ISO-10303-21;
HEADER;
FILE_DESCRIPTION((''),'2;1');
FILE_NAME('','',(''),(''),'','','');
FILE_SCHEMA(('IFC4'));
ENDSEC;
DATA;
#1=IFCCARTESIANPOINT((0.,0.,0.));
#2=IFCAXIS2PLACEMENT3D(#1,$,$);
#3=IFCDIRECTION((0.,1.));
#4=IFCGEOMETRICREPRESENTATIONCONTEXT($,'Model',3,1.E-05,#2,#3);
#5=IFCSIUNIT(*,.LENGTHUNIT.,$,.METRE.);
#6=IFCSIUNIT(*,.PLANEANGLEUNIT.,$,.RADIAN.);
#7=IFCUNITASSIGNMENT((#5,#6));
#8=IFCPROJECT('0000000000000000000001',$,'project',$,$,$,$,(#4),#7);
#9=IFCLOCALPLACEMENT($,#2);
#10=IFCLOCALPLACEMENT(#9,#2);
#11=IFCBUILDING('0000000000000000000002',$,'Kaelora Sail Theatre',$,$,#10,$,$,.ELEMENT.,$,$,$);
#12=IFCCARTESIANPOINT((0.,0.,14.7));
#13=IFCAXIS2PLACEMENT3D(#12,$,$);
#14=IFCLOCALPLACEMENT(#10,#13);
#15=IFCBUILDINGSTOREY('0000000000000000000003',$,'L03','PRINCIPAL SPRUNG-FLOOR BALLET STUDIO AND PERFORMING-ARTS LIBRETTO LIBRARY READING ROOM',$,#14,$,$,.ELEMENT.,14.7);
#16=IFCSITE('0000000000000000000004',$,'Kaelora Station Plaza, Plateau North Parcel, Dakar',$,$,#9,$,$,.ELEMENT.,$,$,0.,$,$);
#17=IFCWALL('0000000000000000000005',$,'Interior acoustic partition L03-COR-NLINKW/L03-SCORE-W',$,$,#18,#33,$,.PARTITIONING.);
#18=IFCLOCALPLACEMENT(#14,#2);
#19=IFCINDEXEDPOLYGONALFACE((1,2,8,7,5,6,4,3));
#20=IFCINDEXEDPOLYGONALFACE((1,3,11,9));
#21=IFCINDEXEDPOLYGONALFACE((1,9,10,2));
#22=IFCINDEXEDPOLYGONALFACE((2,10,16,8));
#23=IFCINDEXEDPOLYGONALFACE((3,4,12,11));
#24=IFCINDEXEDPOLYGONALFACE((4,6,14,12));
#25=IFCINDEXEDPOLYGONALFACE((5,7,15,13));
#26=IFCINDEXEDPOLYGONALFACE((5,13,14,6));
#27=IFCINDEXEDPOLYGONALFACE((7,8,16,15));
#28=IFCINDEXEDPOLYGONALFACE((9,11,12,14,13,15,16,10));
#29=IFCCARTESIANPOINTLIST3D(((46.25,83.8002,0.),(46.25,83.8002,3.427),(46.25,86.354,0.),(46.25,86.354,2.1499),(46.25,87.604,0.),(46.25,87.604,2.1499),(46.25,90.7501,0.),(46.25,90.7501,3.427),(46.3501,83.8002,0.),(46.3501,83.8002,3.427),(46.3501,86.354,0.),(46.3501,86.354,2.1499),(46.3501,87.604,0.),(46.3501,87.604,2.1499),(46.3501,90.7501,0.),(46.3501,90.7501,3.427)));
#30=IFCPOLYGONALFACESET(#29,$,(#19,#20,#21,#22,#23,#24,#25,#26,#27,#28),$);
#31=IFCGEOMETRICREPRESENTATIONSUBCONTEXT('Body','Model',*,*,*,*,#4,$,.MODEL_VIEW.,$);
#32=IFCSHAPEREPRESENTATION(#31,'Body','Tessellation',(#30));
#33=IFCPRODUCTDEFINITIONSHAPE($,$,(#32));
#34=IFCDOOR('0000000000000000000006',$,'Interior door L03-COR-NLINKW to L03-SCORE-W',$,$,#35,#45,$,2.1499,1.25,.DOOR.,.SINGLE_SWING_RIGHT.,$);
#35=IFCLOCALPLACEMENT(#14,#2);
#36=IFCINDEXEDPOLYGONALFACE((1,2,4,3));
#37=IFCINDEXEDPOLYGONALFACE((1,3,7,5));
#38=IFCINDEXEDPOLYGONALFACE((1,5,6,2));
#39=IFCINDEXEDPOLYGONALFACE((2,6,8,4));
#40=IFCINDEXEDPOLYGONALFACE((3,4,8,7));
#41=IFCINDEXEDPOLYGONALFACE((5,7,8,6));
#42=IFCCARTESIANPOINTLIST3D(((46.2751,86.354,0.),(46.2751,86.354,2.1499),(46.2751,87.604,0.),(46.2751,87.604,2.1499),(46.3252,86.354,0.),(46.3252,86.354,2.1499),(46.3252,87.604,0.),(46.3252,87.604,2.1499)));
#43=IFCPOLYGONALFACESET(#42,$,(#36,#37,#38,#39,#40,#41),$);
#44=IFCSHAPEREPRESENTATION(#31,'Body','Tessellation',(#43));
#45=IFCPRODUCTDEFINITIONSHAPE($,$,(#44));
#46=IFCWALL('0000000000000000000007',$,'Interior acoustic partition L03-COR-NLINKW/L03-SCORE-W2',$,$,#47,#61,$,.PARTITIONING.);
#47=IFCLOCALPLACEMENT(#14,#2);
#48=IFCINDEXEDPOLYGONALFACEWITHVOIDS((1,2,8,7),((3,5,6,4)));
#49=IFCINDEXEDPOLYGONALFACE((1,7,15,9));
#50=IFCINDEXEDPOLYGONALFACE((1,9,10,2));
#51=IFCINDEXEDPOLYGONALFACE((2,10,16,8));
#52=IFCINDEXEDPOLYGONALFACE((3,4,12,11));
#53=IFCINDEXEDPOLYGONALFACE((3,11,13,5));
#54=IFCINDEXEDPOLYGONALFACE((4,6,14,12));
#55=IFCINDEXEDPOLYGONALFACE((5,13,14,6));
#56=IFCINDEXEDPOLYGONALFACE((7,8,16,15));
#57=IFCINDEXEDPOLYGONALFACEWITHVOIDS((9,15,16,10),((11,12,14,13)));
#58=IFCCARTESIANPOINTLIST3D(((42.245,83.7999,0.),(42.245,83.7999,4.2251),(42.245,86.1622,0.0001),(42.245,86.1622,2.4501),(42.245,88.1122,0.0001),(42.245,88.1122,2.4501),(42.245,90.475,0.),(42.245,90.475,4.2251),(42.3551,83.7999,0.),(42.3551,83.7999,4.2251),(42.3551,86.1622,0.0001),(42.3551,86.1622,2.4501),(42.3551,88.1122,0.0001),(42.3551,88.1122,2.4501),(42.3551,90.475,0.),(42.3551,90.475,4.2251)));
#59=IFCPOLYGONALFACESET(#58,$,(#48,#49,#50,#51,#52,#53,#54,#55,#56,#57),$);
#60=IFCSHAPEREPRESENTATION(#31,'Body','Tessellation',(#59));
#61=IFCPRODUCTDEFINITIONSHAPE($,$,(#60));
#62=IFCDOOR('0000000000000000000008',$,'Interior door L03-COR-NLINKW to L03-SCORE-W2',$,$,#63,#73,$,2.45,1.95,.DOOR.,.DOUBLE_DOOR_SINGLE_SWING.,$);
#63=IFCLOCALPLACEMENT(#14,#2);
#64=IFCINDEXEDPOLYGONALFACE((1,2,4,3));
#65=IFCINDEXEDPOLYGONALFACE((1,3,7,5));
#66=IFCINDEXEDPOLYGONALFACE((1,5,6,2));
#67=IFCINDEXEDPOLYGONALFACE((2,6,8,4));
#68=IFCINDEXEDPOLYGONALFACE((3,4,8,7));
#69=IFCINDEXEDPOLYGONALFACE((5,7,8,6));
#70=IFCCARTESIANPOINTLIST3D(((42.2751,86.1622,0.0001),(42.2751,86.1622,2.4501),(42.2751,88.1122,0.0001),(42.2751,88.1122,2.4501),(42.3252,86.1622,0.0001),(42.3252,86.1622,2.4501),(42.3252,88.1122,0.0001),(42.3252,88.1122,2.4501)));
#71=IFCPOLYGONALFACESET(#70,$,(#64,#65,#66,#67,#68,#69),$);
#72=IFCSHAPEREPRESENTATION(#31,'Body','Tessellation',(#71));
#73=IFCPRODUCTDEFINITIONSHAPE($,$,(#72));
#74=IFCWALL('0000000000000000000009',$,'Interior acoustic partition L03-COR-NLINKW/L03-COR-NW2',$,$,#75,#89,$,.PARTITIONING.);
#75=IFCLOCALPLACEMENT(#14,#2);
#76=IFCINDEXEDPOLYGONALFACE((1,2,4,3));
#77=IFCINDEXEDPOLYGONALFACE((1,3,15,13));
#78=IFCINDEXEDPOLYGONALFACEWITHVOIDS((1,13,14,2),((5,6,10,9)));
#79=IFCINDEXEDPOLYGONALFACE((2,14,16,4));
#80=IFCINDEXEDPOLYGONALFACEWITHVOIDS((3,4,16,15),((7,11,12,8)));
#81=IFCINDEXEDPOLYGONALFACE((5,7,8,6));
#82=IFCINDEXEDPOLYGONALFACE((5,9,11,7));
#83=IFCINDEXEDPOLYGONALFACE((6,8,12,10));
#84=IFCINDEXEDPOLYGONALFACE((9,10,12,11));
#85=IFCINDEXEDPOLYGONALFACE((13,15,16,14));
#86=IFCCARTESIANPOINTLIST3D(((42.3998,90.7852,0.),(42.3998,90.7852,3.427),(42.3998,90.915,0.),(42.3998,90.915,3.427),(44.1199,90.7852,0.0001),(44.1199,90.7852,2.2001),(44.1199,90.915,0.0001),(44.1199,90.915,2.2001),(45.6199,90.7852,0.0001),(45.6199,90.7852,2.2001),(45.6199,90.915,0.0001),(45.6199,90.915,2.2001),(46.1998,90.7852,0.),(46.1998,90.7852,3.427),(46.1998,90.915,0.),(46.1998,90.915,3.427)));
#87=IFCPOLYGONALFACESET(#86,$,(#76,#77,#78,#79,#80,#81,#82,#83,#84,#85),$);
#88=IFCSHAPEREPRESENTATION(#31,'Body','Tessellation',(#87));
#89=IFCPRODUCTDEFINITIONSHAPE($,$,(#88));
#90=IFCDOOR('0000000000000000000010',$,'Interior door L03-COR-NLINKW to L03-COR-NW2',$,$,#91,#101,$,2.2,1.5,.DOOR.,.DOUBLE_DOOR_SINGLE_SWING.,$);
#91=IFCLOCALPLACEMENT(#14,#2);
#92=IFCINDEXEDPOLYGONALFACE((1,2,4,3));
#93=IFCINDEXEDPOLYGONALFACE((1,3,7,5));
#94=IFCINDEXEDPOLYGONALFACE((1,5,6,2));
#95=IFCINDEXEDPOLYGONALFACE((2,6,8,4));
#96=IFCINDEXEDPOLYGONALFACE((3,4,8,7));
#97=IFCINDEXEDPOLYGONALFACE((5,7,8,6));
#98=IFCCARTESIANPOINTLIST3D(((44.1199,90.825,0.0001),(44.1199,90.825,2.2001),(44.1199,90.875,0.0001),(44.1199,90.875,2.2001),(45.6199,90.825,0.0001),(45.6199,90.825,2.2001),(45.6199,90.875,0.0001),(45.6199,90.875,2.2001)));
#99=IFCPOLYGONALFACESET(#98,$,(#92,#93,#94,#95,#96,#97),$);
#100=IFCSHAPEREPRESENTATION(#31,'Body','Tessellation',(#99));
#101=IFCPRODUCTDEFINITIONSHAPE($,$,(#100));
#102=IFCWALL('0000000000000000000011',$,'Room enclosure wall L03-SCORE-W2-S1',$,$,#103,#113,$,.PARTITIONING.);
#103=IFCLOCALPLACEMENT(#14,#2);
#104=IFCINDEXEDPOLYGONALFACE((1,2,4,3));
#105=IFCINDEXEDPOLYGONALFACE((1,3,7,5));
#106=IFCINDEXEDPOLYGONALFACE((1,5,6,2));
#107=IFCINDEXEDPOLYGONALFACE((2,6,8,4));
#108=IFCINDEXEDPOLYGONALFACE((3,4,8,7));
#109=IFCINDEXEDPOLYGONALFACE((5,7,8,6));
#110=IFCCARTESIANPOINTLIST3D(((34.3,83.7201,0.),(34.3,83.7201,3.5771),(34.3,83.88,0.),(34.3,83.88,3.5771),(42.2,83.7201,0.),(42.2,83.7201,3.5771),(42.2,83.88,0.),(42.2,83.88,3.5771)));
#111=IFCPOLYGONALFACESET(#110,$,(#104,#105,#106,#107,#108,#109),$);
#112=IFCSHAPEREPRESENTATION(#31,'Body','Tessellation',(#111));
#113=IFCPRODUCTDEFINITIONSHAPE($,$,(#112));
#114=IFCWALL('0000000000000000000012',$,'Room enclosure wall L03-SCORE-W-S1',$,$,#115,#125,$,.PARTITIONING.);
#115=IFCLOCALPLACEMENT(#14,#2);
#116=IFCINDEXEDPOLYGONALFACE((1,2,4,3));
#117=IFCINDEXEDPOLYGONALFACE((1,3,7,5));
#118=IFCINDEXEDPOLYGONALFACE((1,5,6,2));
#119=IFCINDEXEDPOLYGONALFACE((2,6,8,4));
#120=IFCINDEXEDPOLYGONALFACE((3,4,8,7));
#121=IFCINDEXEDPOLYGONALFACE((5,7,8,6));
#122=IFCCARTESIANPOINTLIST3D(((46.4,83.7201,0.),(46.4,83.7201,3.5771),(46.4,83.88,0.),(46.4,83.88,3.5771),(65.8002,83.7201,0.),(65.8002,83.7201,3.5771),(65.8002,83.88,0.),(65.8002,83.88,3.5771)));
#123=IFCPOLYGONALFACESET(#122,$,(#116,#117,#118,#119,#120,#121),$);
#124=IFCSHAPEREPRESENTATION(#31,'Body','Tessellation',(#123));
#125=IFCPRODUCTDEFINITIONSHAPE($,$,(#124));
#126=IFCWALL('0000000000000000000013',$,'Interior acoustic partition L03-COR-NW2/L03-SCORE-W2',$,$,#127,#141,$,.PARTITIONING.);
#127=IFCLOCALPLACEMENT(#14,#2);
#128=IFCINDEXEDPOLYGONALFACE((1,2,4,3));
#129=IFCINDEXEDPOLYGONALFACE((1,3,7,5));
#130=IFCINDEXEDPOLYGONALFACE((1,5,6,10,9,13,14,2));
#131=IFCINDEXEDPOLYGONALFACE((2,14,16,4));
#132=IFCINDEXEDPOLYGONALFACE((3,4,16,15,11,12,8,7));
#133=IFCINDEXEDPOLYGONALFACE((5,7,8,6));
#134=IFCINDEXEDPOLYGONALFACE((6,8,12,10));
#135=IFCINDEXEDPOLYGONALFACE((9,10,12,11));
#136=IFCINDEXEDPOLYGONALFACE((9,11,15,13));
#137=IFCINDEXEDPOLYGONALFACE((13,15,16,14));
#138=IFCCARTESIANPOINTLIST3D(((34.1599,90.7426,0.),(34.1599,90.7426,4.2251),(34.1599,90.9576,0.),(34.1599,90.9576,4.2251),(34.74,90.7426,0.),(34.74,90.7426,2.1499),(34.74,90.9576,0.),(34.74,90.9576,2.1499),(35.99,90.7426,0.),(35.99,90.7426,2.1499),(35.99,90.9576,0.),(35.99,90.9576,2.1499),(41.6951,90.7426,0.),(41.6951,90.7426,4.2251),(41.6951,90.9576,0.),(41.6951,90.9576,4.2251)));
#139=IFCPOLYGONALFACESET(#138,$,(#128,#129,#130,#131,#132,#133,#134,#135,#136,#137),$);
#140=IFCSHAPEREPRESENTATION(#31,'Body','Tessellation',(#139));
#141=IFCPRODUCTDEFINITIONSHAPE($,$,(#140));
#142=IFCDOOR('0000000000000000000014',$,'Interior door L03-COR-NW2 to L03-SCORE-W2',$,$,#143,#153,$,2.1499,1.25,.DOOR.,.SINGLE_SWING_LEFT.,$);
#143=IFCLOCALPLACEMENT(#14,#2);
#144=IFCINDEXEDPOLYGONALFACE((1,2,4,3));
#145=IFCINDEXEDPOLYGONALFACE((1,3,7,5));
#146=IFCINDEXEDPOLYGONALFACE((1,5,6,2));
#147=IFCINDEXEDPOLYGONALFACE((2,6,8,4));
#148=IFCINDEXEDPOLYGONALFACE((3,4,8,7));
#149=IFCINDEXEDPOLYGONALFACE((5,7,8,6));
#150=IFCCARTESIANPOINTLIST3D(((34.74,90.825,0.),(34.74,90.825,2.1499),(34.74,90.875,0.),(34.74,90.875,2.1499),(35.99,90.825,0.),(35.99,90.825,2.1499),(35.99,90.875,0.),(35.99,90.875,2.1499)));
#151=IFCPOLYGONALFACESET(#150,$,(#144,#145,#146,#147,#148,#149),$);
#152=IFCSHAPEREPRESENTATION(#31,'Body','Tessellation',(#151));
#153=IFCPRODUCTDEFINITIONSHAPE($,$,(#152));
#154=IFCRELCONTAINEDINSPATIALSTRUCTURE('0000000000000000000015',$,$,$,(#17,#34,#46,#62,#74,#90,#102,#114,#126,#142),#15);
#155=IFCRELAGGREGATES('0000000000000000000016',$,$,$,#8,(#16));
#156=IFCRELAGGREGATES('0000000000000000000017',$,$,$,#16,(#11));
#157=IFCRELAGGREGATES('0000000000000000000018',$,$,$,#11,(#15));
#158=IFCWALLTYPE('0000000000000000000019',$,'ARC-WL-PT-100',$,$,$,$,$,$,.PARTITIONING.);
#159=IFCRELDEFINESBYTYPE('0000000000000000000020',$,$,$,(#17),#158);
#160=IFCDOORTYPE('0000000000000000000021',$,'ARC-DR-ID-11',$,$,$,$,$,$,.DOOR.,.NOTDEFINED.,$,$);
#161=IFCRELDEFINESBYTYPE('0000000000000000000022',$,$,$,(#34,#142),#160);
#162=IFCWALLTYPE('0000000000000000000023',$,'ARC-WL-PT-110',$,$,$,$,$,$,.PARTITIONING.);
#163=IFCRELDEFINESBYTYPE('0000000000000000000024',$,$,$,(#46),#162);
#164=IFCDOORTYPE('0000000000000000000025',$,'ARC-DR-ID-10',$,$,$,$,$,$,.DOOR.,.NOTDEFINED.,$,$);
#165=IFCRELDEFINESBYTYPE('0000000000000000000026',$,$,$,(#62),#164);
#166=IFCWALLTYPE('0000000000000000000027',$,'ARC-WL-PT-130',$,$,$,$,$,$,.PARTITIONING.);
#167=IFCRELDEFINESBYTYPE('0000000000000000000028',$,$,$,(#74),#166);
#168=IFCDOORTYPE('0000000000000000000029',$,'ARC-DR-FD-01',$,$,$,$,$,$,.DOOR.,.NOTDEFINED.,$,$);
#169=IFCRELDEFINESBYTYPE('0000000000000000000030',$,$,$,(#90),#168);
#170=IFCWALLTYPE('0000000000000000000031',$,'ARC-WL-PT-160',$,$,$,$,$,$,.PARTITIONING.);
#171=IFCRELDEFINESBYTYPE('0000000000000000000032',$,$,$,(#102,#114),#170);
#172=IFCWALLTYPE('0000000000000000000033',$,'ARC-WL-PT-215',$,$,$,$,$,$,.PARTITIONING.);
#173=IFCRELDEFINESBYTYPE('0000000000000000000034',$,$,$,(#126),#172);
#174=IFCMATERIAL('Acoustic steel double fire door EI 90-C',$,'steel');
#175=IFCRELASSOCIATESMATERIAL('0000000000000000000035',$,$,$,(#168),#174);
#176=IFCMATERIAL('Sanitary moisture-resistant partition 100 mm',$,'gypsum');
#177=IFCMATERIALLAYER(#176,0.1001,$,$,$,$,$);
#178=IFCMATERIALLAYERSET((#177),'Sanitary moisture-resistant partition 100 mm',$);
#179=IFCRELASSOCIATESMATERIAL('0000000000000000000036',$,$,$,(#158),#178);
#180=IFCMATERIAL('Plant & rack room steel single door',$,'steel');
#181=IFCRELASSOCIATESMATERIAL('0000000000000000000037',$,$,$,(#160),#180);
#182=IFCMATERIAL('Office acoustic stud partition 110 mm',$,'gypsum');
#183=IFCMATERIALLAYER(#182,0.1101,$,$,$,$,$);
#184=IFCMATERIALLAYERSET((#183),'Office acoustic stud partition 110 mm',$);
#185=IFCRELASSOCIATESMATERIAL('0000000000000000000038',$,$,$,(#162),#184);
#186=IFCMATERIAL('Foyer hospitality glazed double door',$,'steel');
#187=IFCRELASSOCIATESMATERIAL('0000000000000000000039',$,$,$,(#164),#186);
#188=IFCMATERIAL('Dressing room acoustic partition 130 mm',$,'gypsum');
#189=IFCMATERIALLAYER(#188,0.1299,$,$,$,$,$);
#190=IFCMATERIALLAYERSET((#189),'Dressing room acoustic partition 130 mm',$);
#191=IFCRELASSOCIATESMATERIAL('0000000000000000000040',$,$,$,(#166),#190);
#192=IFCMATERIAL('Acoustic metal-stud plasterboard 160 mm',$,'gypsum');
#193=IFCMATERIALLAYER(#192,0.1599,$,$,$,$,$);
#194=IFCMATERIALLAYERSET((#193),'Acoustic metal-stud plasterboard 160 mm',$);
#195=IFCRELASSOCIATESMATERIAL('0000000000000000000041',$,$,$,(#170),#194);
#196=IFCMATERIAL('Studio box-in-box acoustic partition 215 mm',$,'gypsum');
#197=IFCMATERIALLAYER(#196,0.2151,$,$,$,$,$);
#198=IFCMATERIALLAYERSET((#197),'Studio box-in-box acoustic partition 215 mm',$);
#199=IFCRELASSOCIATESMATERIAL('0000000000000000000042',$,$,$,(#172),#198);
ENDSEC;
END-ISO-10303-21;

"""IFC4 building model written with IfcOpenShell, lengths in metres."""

from ifc_helpers import new_model, si_unit, direction, frame, frame_2d, origin, place, context, subcontext, project, spatial, rectangle, extrude, material, layer, layer_set, type_object, element, fill, save


model = new_model("IFC4")

# Units and contexts
model_context = context("Model", 3, precision=1e-05, world=origin(), true_north=direction((0.0, 1.0)))
body_context = subcontext(model_context, "Body", "Model", "MODEL_VIEW")
ifc_project = project(units=[si_unit("LENGTHUNIT", "METRE"), si_unit("PLANEANGLEUNIT", "RADIAN")], contexts=[model_context])

# Site, building, storey
site_placement = place(None, origin())
site = spatial("IfcSite", under=ifc_project, at=site_placement, Name="Kaelora Station Plaza, Plateau North Parcel, Dakar", CompositionType="ELEMENT", RefElevation=0.0)
building_placement = place(site_placement, origin())
building = spatial("IfcBuilding", under=site, at=building_placement, Name="Kaelora Sail Theatre", CompositionType="ELEMENT")
storey_placement = place(building_placement, frame((0.0, 0.0, 14.7)))
storey = spatial("IfcBuildingStorey", under=building, at=storey_placement, Name="L03", Description="PRINCIPAL SPRUNG-FLOOR BALLET STUDIO AND PERFORMING-ARTS LIBRETTO LIBRARY READING ROOM", CompositionType="ELEMENT", Elevation=14.7)

# Walls, openings, doors
ifc_material_1 = material(Name="Acoustic steel double fire door EI 90-C", Category="steel")
door_type_1 = type_object("IfcDoorType", Name="ARC-DR-FD-01", OperationType="NOTDEFINED", PredefinedType="DOOR", material=ifc_material_1)
ifc_material_2 = material(Name="Sanitary moisture-resistant partition 100 mm", Category="gypsum")
ifc_layer_1 = layer(ifc_material_2, 0.1001)
ifc_layer_set_1 = layer_set([ifc_layer_1], Name="Sanitary moisture-resistant partition 100 mm")
wall_type_1 = type_object("IfcWallType", Name="ARC-WL-PT-100", PredefinedType="PARTITIONING", material=ifc_layer_set_1)
wall_1_placement = place(storey_placement, frame((46.3, 83.8, 0.0), z_axis=(0.0, 0.0, 1.0), x_axis=(0.0, 1.0, 0.0)))
wall_1 = element("IfcWall", 1, at=wall_1_placement, inside=storey, type_object=wall_type_1, Name="Interior acoustic partition L03-COR-NLINKW/L03-SCORE-W", PredefinedType="PARTITIONING", context=body_context, shape_type="SweptSolid", body=[
    extrude(rectangle(XDim=6.95, YDim=0.1001, at=frame_2d((3.4751, 0.0))), origin(), (0.0, 0.0, 1.0), 3.427),
])
opening_1_placement = place(wall_1_placement, frame((2.554, 0.0, 0.0)))
opening_1 = element("IfcOpeningElement", 2, at=opening_1_placement, cuts=wall_1, PredefinedType="OPENING", context=body_context, shape_type="SweptSolid", body=[
    extrude(rectangle(XDim=1.25, YDim=2.1499, at=frame_2d((0.625, 1.075))), frame((0.0, 0.06, 0.0), z_axis=(0.0, -1.0, 0.0), x_axis=(1.0, 0.0, 0.0)), (0.0, 0.0, 1.0), 0.1201),
])
ifc_material_3 = material(Name="Plant & rack room steel single door", Category="steel")
door_type_2 = type_object("IfcDoorType", Name="ARC-DR-ID-11", OperationType="NOTDEFINED", PredefinedType="DOOR", material=ifc_material_3)
door_1_placement = place(opening_1_placement, origin())
door_1 = element("IfcDoor", 3, at=door_1_placement, inside=storey, type_object=door_type_2, Name="Interior door L03-COR-NLINKW to L03-SCORE-W", OperationType="SINGLE_SWING_RIGHT", OverallHeight=2.1499, OverallWidth=1.25, PredefinedType="DOOR", context=body_context, shape_type="SweptSolid", body=[
    extrude(rectangle(XDim=1.25, YDim=2.1499, at=frame_2d((0.625, 1.075))), frame((0.0, 0.0249, 0.0), z_axis=(0.0, -1.0, 0.0), x_axis=(1.0, 0.0, 0.0)), (0.0, 0.0, 1.0), 0.05),
])
fill(opening_1, door_1)
ifc_material_4 = material(Name="Office acoustic stud partition 110 mm", Category="gypsum")
ifc_layer_2 = layer(ifc_material_4, 0.1101)
ifc_layer_set_2 = layer_set([ifc_layer_2], Name="Office acoustic stud partition 110 mm")
wall_type_2 = type_object("IfcWallType", Name="ARC-WL-PT-110", PredefinedType="PARTITIONING", material=ifc_layer_set_2)
wall_2_placement = place(storey_placement, frame((42.3, 83.8, 0.0), z_axis=(0.0, 0.0, 1.0), x_axis=(0.0, 1.0, 0.0)))
wall_2 = element("IfcWall", 4, at=wall_2_placement, inside=storey, type_object=wall_type_2, Name="Interior acoustic partition L03-COR-NLINKW/L03-SCORE-W2", PredefinedType="PARTITIONING", context=body_context, shape_type="SweptSolid", body=[
    extrude(rectangle(XDim=6.675, YDim=0.1101, at=frame_2d((3.3374, 0.0))), origin(), (0.0, 0.0, 1.0), 4.2251),
])
opening_2_placement = place(wall_2_placement, frame((2.3621, 0.0, 0.0)))
opening_2 = element("IfcOpeningElement", 5, at=opening_2_placement, cuts=wall_2, PredefinedType="OPENING", context=body_context, shape_type="SweptSolid", body=[
    extrude(rectangle(XDim=1.95, YDim=2.45, at=frame_2d((0.9751, 1.2251))), frame((0.0, 0.0652, 0.0), z_axis=(0.0, -1.0, 0.0), x_axis=(1.0, 0.0, 0.0)), (0.0, 0.0, 1.0), 0.1301),
])
ifc_material_5 = material(Name="Foyer hospitality glazed double door", Category="steel")
door_type_3 = type_object("IfcDoorType", Name="ARC-DR-ID-10", OperationType="NOTDEFINED", PredefinedType="DOOR", material=ifc_material_5)
door_2_placement = place(opening_2_placement, origin())
door_2 = element("IfcDoor", 6, at=door_2_placement, inside=storey, type_object=door_type_3, Name="Interior door L03-COR-NLINKW to L03-SCORE-W2", OperationType="DOUBLE_DOOR_SINGLE_SWING", OverallHeight=2.45, OverallWidth=1.95, PredefinedType="DOOR", context=body_context, shape_type="SweptSolid", body=[
    extrude(rectangle(XDim=1.95, YDim=2.45, at=frame_2d((0.9751, 1.2251))), frame((0.0, 0.0249, 0.0), z_axis=(0.0, -1.0, 0.0), x_axis=(1.0, 0.0, 0.0)), (0.0, 0.0, 1.0), 0.05),
])
fill(opening_2, door_2)
ifc_material_6 = material(Name="Dressing room acoustic partition 130 mm", Category="gypsum")
ifc_layer_3 = layer(ifc_material_6, 0.1299)
ifc_layer_set_3 = layer_set([ifc_layer_3], Name="Dressing room acoustic partition 130 mm")
wall_type_3 = type_object("IfcWallType", Name="ARC-WL-PT-130", PredefinedType="PARTITIONING", material=ifc_layer_set_3)
wall_3_placement = place(storey_placement, frame((42.3999, 90.8501, 0.0), z_axis=(0.0, 0.0, 1.0), x_axis=(1.0, 0.0, 0.0)))
wall_3 = element("IfcWall", 7, at=wall_3_placement, inside=storey, type_object=wall_type_3, Name="Interior acoustic partition L03-COR-NLINKW/L03-COR-NW2", PredefinedType="PARTITIONING", context=body_context, shape_type="SweptSolid", body=[
    extrude(rectangle(XDim=3.8, YDim=0.1299, at=frame_2d((1.8999, 0.0))), origin(), (0.0, 0.0, 1.0), 3.427),
])
opening_3_placement = place(wall_3_placement, frame((1.72, 0.0, 0.0)))
opening_3 = element("IfcOpeningElement", 8, at=opening_3_placement, cuts=wall_3, PredefinedType="OPENING", context=body_context, shape_type="SweptSolid", body=[
    extrude(rectangle(XDim=1.5, YDim=2.2, at=frame_2d((0.75, 1.1001))), frame((0.0, 0.0749, 0.0), z_axis=(0.0, -1.0, 0.0), x_axis=(1.0, 0.0, 0.0)), (0.0, 0.0, 1.0), 0.1499),
])
door_3_placement = place(opening_3_placement, origin())
door_3 = element("IfcDoor", 9, at=door_3_placement, inside=storey, type_object=door_type_1, Name="Interior door L03-COR-NLINKW to L03-COR-NW2", OperationType="DOUBLE_DOOR_SINGLE_SWING", OverallHeight=2.2, OverallWidth=1.5, PredefinedType="DOOR", context=body_context, shape_type="SweptSolid", body=[
    extrude(rectangle(XDim=1.5, YDim=2.2, at=frame_2d((0.75, 1.1001))), frame((0.0, 0.0249, 0.0), z_axis=(0.0, -1.0, 0.0), x_axis=(1.0, 0.0, 0.0)), (0.0, 0.0, 1.0), 0.05),
])
fill(opening_3, door_3)

# Walls
ifc_material_7 = material(Name="Acoustic metal-stud plasterboard 160 mm", Category="gypsum")
ifc_layer_4 = layer(ifc_material_7, 0.1599)
ifc_layer_set_4 = layer_set([ifc_layer_4], Name="Acoustic metal-stud plasterboard 160 mm")
wall_type_4 = type_object("IfcWallType", Name="ARC-WL-PT-160", PredefinedType="PARTITIONING", material=ifc_layer_set_4)
wall_4_placement = place(storey_placement, frame((34.3, 83.8, 0.0), z_axis=(0.0, 0.0, 1.0), x_axis=(1.0, 0.0, 0.0)))
element("IfcWall", 10, at=wall_4_placement, inside=storey, type_object=wall_type_4, Name="Room enclosure wall L03-SCORE-W2-S1", PredefinedType="PARTITIONING", context=body_context, shape_type="SweptSolid", body=[
    extrude(rectangle(XDim=7.8999, YDim=0.1599, at=frame_2d((3.95, 0.0))), origin(), (0.0, 0.0, 1.0), 3.5771),
])
wall_5_placement = place(storey_placement, frame((46.3999, 83.8, 0.0), z_axis=(0.0, 0.0, 1.0), x_axis=(1.0, 0.0, 0.0)))
element("IfcWall", 11, at=wall_5_placement, inside=storey, type_object=wall_type_4, Name="Room enclosure wall L03-SCORE-W-S1", PredefinedType="PARTITIONING", context=body_context, shape_type="SweptSolid", body=[
    extrude(rectangle(XDim=19.4001, YDim=0.1599, at=frame_2d((9.7002, 0.0))), origin(), (0.0, 0.0, 1.0), 3.5771),
])

# Wall, opening, door
ifc_material_8 = material(Name="Studio box-in-box acoustic partition 215 mm", Category="gypsum")
ifc_layer_5 = layer(ifc_material_8, 0.2151)
ifc_layer_set_5 = layer_set([ifc_layer_5], Name="Studio box-in-box acoustic partition 215 mm")
wall_type_5 = type_object("IfcWallType", Name="ARC-WL-PT-215", PredefinedType="PARTITIONING", material=ifc_layer_set_5)
wall_6_placement = place(storey_placement, frame((34.1599, 90.8501, 0.0), z_axis=(0.0, 0.0, 1.0), x_axis=(1.0, 0.0, 0.0)))
wall_6 = element("IfcWall", 12, at=wall_6_placement, inside=storey, type_object=wall_type_5, Name="Interior acoustic partition L03-COR-NW2/L03-SCORE-W2", PredefinedType="PARTITIONING", context=body_context, shape_type="SweptSolid", body=[
    extrude(rectangle(XDim=7.5352, YDim=0.2151, at=frame_2d((3.7676, 0.0))), origin(), (0.0, 0.0, 1.0), 4.2251),
])
opening_4_placement = place(wall_6_placement, frame((0.5801, 0.0, 0.0)))
opening_4 = element("IfcOpeningElement", 13, at=opening_4_placement, cuts=wall_6, PredefinedType="OPENING", context=body_context, shape_type="SweptSolid", body=[
    extrude(rectangle(XDim=1.25, YDim=2.1499, at=frame_2d((0.625, 1.075))), frame((0.0, 0.1174, 0.0), z_axis=(0.0, -1.0, 0.0), x_axis=(1.0, 0.0, 0.0)), (0.0, 0.0, 1.0), 0.2351),
])
door_4_placement = place(opening_4_placement, origin())
door_4 = element("IfcDoor", 14, at=door_4_placement, inside=storey, type_object=door_type_2, Name="Interior door L03-COR-NW2 to L03-SCORE-W2", OperationType="SINGLE_SWING_LEFT", OverallHeight=2.1499, OverallWidth=1.25, PredefinedType="DOOR", context=body_context, shape_type="SweptSolid", body=[
    extrude(rectangle(XDim=1.25, YDim=2.1499, at=frame_2d((0.625, 1.075))), frame((0.0, 0.0249, 0.0), z_axis=(0.0, -1.0, 0.0), x_axis=(1.0, 0.0, 0.0)), (0.0, 0.0, 1.0), 0.05),
])
fill(opening_4, door_4)

save(model, "model.ifc")
